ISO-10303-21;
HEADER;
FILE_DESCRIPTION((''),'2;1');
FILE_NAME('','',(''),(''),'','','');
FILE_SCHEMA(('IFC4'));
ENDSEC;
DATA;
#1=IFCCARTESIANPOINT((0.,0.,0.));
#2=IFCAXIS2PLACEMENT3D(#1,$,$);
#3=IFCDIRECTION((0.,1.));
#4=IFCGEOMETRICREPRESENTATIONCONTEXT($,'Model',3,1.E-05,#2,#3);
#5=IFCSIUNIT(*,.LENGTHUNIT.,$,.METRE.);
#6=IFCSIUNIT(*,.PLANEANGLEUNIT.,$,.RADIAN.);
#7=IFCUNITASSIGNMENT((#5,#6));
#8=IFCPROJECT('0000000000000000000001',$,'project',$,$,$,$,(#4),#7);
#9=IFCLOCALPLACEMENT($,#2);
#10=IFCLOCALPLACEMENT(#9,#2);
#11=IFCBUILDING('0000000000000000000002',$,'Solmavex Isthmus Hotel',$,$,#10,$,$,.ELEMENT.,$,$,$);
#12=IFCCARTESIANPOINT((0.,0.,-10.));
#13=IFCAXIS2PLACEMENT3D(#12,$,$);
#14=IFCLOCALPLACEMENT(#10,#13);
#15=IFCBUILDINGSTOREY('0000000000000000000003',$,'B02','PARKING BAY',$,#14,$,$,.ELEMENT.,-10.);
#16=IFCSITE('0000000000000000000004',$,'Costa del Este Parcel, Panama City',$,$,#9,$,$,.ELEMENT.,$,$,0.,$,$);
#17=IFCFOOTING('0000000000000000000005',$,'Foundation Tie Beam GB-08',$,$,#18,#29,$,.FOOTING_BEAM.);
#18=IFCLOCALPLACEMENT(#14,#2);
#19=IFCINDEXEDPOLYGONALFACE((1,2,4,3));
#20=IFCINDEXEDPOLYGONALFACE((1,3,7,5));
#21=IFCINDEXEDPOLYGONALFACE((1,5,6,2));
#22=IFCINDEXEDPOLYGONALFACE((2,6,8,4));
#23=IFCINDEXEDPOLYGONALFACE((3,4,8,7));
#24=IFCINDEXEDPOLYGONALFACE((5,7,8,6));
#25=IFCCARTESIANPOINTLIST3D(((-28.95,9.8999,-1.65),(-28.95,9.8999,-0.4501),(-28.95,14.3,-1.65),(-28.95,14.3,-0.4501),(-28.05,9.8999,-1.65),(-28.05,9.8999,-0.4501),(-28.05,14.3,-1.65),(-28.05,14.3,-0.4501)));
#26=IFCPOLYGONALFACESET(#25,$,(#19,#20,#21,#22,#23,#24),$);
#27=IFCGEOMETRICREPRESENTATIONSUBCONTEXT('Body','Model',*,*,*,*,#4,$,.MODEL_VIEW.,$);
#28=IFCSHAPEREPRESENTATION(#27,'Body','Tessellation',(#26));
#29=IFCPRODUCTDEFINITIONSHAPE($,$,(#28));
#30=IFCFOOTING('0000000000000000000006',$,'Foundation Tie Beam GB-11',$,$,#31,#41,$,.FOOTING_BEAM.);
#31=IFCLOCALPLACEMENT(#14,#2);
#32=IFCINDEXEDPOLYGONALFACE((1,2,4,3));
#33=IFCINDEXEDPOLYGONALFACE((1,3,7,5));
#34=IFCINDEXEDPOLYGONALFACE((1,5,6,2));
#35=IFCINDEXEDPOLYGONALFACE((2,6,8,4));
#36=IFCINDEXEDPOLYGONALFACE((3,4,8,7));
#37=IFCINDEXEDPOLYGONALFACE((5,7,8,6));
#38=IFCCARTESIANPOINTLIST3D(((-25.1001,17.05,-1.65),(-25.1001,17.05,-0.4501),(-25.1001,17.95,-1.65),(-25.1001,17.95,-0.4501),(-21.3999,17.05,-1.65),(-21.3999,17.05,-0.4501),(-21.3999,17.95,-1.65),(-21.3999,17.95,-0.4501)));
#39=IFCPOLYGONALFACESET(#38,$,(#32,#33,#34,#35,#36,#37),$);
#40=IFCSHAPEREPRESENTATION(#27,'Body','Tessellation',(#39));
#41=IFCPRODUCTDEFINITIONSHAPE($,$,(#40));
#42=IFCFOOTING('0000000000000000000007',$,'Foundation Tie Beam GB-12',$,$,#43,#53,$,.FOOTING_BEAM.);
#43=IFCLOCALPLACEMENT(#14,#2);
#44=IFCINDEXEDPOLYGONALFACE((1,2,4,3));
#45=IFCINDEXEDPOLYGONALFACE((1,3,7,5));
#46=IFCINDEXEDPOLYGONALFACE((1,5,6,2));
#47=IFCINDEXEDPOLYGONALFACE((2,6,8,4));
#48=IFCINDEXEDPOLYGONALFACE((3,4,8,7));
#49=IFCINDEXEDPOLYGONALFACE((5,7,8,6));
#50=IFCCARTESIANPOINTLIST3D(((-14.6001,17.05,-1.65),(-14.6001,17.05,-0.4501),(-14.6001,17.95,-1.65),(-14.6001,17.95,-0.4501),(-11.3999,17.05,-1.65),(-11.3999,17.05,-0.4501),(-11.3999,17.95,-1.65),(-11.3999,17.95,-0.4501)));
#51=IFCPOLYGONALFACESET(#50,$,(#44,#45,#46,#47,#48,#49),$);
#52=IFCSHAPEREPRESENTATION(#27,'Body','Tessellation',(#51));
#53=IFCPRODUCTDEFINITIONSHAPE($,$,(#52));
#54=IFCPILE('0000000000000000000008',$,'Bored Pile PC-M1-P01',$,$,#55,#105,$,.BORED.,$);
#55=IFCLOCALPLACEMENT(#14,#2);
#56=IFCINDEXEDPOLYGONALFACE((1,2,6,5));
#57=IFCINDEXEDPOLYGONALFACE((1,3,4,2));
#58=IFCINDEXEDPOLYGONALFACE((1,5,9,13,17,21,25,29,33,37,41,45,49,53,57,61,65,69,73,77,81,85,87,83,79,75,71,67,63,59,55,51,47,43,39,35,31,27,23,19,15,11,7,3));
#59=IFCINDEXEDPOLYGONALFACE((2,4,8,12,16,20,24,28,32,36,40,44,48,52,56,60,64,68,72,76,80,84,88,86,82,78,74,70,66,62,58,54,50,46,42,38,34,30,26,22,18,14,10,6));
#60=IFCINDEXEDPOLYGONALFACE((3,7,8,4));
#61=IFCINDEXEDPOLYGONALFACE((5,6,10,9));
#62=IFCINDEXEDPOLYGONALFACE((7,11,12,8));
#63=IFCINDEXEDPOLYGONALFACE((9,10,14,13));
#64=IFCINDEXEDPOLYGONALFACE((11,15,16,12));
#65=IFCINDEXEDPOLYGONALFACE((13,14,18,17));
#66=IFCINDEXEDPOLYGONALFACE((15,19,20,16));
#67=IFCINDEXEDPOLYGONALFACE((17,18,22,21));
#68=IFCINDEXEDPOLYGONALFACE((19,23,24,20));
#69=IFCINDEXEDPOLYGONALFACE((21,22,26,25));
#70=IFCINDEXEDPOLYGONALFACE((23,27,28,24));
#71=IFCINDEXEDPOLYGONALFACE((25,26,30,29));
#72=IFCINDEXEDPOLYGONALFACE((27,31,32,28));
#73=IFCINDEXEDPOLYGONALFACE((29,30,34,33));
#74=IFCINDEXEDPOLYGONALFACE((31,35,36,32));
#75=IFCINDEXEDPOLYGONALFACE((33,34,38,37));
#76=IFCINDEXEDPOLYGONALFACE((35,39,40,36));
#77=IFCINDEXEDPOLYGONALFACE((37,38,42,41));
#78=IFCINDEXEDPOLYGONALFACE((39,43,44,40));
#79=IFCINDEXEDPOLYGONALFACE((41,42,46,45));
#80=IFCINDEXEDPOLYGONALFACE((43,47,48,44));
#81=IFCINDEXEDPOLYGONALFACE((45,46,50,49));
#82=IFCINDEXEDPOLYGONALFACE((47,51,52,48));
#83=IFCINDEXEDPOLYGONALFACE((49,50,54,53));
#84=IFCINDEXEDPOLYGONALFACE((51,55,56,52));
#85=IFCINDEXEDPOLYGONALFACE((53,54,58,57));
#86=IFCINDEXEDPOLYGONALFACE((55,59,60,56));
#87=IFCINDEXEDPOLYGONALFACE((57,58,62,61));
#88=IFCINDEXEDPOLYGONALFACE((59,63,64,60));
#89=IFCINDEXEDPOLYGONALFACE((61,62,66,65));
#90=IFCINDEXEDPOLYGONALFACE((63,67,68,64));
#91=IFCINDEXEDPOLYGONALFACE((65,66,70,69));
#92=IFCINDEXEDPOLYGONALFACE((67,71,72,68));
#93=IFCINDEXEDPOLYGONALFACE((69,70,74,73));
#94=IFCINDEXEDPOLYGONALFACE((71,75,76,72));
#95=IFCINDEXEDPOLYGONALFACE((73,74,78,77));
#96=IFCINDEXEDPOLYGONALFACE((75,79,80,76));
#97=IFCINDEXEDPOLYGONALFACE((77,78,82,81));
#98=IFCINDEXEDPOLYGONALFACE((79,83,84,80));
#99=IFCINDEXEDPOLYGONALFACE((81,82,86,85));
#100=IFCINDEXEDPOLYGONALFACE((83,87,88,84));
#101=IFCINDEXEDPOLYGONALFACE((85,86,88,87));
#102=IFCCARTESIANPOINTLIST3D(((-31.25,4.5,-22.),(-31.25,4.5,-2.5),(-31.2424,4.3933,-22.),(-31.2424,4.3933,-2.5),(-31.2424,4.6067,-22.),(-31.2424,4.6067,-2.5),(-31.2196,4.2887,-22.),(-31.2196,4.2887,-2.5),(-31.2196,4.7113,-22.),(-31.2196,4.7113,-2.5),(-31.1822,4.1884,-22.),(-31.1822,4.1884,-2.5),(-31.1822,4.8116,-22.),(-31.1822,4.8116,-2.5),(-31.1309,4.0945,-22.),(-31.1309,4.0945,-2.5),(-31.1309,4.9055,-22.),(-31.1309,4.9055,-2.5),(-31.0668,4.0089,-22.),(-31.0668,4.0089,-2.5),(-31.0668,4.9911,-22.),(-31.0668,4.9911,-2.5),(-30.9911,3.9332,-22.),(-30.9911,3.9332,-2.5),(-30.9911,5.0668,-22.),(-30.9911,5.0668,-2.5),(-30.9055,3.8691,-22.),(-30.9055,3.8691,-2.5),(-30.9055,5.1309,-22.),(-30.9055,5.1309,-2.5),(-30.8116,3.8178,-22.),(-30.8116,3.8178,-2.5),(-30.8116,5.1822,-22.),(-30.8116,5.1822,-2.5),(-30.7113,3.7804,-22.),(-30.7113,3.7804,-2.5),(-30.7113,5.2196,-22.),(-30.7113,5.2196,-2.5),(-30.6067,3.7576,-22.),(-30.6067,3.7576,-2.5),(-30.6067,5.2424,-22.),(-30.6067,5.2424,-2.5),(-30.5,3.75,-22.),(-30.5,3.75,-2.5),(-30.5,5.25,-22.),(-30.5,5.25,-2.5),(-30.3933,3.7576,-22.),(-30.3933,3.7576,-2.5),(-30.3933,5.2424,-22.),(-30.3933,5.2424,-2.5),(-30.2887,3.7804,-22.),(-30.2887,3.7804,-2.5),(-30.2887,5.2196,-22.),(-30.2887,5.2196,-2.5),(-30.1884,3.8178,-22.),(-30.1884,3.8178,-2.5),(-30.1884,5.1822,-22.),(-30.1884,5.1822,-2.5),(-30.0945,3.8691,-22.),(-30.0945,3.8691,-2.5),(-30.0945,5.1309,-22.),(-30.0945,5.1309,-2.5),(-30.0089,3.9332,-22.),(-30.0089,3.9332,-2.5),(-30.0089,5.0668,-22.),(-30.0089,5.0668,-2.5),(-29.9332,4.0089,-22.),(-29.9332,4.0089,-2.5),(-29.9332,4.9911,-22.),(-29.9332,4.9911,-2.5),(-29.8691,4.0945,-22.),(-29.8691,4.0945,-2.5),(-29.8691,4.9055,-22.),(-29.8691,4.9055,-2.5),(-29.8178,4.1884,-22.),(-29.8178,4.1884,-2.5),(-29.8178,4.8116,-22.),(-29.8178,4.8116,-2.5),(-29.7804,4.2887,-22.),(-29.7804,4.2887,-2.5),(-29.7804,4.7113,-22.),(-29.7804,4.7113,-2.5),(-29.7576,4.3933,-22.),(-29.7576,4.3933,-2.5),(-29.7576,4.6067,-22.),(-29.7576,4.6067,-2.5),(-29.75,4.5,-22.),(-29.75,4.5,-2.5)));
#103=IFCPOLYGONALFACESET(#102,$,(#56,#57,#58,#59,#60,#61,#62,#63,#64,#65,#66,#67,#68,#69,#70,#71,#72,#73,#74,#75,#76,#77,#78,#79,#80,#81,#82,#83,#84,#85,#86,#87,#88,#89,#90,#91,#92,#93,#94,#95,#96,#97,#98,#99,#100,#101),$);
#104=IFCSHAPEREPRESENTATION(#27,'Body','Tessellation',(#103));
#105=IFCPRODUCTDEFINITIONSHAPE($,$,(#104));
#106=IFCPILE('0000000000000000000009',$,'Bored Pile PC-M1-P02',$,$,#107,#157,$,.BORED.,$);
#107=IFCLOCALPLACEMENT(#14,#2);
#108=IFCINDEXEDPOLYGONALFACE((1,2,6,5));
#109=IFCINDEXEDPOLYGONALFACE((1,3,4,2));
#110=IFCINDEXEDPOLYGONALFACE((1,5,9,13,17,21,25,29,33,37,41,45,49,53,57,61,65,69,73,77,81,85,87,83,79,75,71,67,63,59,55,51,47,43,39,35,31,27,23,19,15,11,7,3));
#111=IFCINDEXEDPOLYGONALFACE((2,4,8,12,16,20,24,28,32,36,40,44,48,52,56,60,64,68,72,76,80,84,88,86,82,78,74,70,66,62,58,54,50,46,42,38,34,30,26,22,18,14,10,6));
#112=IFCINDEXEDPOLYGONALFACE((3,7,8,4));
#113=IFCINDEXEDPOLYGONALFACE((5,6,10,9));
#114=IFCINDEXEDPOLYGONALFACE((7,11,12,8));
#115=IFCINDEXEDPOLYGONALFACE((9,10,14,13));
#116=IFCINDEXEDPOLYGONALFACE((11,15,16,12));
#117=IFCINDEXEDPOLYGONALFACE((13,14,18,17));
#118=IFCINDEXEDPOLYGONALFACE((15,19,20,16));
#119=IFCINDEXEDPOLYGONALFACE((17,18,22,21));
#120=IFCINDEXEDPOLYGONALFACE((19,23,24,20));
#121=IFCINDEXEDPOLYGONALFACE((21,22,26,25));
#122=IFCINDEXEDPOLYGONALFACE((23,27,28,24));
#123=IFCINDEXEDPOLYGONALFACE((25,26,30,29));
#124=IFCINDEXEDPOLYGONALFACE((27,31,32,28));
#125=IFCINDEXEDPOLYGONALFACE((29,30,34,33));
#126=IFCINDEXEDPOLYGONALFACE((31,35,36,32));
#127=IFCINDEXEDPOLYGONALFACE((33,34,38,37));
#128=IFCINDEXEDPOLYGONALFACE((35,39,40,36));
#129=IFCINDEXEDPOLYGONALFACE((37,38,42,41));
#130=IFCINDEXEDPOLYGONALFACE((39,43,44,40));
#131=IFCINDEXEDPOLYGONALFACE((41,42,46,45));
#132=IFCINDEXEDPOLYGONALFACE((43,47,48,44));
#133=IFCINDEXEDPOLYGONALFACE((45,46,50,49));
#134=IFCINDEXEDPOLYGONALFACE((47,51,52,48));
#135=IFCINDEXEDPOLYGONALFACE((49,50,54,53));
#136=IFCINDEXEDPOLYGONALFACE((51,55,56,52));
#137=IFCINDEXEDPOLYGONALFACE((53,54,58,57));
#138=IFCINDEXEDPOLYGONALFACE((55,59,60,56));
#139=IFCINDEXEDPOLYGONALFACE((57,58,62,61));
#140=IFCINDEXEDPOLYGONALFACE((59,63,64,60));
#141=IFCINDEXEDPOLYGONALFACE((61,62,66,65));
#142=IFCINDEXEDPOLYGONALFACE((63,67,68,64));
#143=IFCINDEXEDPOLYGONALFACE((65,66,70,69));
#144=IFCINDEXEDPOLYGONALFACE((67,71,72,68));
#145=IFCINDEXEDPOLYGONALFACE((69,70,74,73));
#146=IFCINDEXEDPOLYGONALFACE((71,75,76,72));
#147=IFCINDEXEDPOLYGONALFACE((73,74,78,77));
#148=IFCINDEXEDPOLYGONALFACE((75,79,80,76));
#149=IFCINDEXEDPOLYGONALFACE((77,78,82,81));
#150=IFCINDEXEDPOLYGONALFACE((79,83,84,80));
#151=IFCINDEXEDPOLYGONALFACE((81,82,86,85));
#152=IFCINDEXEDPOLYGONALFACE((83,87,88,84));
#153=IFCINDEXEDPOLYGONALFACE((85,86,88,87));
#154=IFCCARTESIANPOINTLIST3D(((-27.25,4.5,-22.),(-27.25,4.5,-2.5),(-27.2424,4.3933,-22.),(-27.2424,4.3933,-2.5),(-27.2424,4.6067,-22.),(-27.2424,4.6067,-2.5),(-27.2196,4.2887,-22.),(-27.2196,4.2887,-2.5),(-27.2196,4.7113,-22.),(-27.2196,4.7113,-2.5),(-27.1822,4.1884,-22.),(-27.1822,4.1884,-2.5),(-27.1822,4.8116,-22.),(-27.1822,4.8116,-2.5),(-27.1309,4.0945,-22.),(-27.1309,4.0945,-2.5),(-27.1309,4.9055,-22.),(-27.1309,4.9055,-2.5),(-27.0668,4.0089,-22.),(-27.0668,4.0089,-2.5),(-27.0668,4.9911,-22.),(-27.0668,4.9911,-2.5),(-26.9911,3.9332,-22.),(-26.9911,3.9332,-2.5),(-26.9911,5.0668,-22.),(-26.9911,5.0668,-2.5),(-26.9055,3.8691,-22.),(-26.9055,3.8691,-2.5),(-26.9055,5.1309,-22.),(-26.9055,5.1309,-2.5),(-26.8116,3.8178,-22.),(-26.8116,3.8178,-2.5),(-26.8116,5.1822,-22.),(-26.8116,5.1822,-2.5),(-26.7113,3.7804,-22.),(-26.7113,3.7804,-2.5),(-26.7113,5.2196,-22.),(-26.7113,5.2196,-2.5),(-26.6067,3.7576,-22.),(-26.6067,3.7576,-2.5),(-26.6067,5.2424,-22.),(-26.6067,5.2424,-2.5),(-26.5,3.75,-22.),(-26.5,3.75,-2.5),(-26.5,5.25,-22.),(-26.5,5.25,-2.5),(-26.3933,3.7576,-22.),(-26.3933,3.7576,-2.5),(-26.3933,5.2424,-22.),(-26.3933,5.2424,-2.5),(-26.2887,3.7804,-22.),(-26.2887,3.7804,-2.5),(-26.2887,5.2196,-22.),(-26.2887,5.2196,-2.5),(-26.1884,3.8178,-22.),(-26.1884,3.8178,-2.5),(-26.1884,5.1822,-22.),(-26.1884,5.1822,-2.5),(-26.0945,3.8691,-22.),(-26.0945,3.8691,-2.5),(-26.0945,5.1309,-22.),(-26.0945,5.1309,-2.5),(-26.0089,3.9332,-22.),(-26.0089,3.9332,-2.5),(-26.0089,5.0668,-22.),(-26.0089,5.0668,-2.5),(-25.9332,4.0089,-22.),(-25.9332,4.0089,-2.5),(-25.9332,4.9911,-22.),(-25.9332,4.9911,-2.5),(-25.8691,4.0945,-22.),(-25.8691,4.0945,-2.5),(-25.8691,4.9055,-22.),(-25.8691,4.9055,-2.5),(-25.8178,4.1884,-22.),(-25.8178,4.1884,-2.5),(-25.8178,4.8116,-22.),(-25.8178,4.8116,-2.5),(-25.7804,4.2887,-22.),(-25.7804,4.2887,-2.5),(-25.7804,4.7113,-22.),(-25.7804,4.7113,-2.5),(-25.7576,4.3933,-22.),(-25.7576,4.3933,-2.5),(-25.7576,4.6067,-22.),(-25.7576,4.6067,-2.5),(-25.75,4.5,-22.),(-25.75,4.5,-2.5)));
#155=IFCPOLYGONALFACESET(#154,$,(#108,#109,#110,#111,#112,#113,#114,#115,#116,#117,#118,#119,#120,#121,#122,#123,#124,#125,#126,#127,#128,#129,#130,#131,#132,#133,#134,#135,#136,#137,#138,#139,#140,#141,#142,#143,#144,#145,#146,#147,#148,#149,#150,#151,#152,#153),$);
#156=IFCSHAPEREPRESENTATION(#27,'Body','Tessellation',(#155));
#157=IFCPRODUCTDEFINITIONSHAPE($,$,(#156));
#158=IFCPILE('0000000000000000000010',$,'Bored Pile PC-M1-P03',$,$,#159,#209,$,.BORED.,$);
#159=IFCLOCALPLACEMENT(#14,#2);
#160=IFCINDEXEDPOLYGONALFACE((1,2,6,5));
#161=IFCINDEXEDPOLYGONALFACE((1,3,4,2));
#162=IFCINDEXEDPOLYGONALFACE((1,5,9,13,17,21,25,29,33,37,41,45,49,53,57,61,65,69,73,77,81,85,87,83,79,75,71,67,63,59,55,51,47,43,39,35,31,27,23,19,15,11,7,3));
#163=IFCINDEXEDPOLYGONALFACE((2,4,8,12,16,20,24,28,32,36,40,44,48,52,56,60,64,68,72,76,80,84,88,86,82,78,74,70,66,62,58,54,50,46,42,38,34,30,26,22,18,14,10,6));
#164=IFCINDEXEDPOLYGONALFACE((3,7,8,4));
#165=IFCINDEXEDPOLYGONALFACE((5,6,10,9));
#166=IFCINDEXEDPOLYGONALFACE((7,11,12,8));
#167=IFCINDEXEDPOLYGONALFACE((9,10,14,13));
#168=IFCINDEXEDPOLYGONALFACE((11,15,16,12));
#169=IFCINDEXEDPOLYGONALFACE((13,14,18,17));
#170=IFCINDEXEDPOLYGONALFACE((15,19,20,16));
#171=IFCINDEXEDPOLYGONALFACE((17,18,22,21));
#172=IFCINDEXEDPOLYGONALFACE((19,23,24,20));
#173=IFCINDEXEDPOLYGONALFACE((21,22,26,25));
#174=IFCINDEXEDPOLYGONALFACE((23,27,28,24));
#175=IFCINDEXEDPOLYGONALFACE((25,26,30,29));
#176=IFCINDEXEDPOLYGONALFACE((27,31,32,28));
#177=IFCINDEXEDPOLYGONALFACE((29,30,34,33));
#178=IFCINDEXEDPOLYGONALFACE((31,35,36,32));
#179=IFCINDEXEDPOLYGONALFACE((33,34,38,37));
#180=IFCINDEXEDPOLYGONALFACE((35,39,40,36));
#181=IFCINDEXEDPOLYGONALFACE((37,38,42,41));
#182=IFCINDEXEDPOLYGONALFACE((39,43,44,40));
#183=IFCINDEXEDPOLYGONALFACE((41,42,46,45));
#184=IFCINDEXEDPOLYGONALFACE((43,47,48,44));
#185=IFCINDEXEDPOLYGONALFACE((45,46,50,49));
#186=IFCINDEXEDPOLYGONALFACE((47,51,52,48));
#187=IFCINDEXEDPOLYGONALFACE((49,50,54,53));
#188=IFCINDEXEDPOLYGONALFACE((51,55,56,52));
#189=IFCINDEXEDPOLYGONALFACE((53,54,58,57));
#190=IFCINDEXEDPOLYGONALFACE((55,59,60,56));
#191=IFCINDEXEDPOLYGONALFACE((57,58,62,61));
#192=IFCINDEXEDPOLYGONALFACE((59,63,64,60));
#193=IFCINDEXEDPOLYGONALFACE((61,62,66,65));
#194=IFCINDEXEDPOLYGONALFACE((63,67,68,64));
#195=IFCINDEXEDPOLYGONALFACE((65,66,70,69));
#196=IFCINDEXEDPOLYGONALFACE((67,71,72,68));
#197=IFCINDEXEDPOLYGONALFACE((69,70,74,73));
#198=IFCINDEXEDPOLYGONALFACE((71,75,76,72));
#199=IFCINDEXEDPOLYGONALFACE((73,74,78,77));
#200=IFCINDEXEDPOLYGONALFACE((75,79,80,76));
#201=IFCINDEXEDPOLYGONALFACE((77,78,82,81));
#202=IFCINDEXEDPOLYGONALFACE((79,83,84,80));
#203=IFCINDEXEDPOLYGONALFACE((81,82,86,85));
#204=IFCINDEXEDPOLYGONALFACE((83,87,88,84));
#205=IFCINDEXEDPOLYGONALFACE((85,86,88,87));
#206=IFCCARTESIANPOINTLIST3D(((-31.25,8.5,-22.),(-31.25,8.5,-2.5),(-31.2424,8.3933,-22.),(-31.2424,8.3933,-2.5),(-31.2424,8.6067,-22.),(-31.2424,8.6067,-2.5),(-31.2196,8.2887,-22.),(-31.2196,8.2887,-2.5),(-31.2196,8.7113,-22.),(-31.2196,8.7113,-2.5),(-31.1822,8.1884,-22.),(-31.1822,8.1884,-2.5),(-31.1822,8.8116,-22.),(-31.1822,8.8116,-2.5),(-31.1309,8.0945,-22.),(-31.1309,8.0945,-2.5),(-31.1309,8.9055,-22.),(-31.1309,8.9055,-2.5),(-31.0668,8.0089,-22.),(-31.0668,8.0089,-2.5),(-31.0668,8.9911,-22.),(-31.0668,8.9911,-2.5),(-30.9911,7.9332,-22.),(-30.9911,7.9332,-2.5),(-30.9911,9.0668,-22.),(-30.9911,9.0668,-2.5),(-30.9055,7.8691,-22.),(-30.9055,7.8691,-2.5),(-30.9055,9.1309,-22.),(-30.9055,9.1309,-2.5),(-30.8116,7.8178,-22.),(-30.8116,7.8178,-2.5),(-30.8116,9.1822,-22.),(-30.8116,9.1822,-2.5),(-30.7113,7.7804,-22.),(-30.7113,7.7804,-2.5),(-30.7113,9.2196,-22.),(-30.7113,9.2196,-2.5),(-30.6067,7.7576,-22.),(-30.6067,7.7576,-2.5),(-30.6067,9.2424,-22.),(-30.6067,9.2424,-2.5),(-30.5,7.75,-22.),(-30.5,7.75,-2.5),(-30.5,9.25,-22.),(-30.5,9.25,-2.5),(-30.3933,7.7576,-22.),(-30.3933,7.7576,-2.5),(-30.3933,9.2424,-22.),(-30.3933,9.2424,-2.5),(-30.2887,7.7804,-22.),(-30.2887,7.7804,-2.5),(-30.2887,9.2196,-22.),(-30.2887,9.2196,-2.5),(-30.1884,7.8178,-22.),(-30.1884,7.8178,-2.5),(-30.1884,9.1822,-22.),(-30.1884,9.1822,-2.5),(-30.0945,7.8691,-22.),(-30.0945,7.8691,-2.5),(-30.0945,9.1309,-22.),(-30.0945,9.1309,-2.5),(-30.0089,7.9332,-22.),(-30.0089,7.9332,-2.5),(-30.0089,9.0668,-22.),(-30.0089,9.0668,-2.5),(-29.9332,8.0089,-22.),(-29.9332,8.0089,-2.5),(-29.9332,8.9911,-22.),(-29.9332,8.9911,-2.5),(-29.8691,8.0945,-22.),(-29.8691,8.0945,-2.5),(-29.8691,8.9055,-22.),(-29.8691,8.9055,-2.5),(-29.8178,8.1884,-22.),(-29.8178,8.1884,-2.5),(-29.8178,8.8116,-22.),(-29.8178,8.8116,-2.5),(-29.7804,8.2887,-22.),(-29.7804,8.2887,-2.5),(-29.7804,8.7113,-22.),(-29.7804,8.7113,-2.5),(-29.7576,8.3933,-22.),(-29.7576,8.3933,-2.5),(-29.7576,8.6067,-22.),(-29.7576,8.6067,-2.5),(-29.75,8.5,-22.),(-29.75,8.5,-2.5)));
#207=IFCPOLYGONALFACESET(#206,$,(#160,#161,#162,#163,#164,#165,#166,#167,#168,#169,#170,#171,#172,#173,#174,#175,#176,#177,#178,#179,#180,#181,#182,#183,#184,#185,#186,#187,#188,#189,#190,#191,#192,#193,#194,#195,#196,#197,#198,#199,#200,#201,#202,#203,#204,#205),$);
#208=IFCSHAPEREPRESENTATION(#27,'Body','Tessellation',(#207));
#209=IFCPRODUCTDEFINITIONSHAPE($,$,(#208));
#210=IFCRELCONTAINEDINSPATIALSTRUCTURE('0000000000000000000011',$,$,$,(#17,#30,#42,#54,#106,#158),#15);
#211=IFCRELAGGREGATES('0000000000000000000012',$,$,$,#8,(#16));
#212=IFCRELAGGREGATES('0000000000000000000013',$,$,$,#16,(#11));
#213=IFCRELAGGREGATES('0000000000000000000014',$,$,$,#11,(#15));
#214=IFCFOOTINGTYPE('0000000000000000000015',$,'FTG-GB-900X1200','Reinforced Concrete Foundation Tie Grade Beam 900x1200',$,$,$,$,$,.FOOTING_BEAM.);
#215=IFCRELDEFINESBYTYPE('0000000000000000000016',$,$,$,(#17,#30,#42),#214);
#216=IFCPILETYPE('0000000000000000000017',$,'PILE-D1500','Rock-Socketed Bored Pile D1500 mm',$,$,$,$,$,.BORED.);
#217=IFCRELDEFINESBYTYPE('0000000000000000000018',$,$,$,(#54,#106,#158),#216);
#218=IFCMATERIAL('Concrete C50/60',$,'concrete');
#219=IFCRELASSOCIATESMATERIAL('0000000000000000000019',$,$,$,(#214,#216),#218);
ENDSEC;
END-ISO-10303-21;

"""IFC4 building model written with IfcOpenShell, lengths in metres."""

from ifc_helpers import new_model, si_unit, direction, frame, origin, origin_2d, place, context, subcontext, project, spatial, rectangle, circle, extrude, material, material_profile, profile_set, type_object, element, save


model = new_model("IFC4")

# Units and contexts
model_context = context("Model", 3, precision=1e-05, world=origin(), true_north=direction((0.0, 1.0)))
body_context = subcontext(model_context, "Body", "Model", "MODEL_VIEW")
ifc_project = project(units=[si_unit("LENGTHUNIT", "METRE"), si_unit("PLANEANGLEUNIT", "RADIAN")], contexts=[model_context])

# Site, building, storey
site_placement = place(None, origin())
site = spatial("IfcSite", under=ifc_project, at=site_placement, Name="Costa del Este Parcel, Panama City", CompositionType="ELEMENT", RefElevation=0.0)
building_placement = place(site_placement, origin())
building = spatial("IfcBuilding", under=site, at=building_placement, Name="Solmavex Isthmus Hotel", CompositionType="ELEMENT")
storey_placement = place(building_placement, frame((0.0, 0.0, -10.0)))
storey = spatial("IfcBuildingStorey", under=building, at=storey_placement, Name="B02", Description="PARKING BAY", CompositionType="ELEMENT", Elevation=-10.0)

# Footings
ifc_material_1 = material(Name="Concrete C50/60", Category="concrete")
footing_type = type_object("IfcFootingType", Name="FTG-GB-900X1200", Description="Reinforced Concrete Foundation Tie Grade Beam 900x1200", PredefinedType="FOOTING_BEAM", material=ifc_material_1)
footing_1_placement = place(storey_placement, frame((-28.5, 9.8999, -1.05), z_axis=(0.0, 1.0, 0.0), x_axis=(-1.0, 0.0, 0.0)))
element("IfcFooting", 1, at=footing_1_placement, inside=storey, type_object=footing_type, Name="Foundation Tie Beam GB-08", PredefinedType="FOOTING_BEAM", context=body_context, shape_type="SweptSolid", body=[
    extrude(rectangle(XDim=0.8999, YDim=1.2, at=origin_2d()), origin(), (0.0, 0.0, 1.0), 4.4001),
])
footing_2_placement = place(storey_placement, frame((-25.1001, 17.5, -1.05), z_axis=(1.0, 0.0, 0.0), x_axis=(0.0, 1.0, 0.0)))
element("IfcFooting", 2, at=footing_2_placement, inside=storey, type_object=footing_type, Name="Foundation Tie Beam GB-11", PredefinedType="FOOTING_BEAM", context=body_context, shape_type="SweptSolid", body=[
    extrude(rectangle(XDim=0.8999, YDim=1.2, at=origin_2d()), origin(), (0.0, 0.0, 1.0), 3.7002),
])
footing_3_placement = place(storey_placement, frame((-14.6001, 17.5, -1.05), z_axis=(1.0, 0.0, 0.0), x_axis=(0.0, 1.0, 0.0)))
element("IfcFooting", 3, at=footing_3_placement, inside=storey, type_object=footing_type, Name="Foundation Tie Beam GB-12", PredefinedType="FOOTING_BEAM", context=body_context, shape_type="SweptSolid", body=[
    extrude(rectangle(XDim=0.8999, YDim=1.2, at=origin_2d()), origin(), (0.0, 0.0, 1.0), 3.2002),
])

# Piles
ifc_material_profile_1 = material_profile(ifc_material_1, circle(Radius=0.75, at=origin_2d()), Name="PILE1500")
ifc_profile_set_1 = profile_set([ifc_material_profile_1], Name="Concrete C50/60")
pile_type = type_object("IfcPileType", Name="PILE-D1500", Description="Rock-Socketed Bored Pile D1500 mm", PredefinedType="BORED", material=ifc_profile_set_1)
for number, where, z_axis, x_axis, name in (
    (4, (-30.5, 4.5, -2.5), (0.0, 0.0, -1.0), (1.0, 0.0, 0.0), "Bored Pile PC-M1-P01"),
    (5, (-26.5, 4.5, -2.5), (0.0, 0.0, -1.0), (1.0, 0.0, 0.0), "Bored Pile PC-M1-P02"),
    (6, (-30.5, 8.5, -2.5), (0.0, 0.0, -1.0), (1.0, 0.0, 0.0), "Bored Pile PC-M1-P03"),
):
    element("IfcPile", number, at=place(storey_placement, frame(where, z_axis=z_axis, x_axis=x_axis)), inside=storey, type_object=pile_type, Name=name, PredefinedType="BORED", context=body_context, shape_type="SweptSolid", body=[
        extrude(circle(Radius=0.75, at=origin_2d()), origin(), (0.0, 0.0, 1.0), 19.5),
    ])

save(model, "model.ifc")
